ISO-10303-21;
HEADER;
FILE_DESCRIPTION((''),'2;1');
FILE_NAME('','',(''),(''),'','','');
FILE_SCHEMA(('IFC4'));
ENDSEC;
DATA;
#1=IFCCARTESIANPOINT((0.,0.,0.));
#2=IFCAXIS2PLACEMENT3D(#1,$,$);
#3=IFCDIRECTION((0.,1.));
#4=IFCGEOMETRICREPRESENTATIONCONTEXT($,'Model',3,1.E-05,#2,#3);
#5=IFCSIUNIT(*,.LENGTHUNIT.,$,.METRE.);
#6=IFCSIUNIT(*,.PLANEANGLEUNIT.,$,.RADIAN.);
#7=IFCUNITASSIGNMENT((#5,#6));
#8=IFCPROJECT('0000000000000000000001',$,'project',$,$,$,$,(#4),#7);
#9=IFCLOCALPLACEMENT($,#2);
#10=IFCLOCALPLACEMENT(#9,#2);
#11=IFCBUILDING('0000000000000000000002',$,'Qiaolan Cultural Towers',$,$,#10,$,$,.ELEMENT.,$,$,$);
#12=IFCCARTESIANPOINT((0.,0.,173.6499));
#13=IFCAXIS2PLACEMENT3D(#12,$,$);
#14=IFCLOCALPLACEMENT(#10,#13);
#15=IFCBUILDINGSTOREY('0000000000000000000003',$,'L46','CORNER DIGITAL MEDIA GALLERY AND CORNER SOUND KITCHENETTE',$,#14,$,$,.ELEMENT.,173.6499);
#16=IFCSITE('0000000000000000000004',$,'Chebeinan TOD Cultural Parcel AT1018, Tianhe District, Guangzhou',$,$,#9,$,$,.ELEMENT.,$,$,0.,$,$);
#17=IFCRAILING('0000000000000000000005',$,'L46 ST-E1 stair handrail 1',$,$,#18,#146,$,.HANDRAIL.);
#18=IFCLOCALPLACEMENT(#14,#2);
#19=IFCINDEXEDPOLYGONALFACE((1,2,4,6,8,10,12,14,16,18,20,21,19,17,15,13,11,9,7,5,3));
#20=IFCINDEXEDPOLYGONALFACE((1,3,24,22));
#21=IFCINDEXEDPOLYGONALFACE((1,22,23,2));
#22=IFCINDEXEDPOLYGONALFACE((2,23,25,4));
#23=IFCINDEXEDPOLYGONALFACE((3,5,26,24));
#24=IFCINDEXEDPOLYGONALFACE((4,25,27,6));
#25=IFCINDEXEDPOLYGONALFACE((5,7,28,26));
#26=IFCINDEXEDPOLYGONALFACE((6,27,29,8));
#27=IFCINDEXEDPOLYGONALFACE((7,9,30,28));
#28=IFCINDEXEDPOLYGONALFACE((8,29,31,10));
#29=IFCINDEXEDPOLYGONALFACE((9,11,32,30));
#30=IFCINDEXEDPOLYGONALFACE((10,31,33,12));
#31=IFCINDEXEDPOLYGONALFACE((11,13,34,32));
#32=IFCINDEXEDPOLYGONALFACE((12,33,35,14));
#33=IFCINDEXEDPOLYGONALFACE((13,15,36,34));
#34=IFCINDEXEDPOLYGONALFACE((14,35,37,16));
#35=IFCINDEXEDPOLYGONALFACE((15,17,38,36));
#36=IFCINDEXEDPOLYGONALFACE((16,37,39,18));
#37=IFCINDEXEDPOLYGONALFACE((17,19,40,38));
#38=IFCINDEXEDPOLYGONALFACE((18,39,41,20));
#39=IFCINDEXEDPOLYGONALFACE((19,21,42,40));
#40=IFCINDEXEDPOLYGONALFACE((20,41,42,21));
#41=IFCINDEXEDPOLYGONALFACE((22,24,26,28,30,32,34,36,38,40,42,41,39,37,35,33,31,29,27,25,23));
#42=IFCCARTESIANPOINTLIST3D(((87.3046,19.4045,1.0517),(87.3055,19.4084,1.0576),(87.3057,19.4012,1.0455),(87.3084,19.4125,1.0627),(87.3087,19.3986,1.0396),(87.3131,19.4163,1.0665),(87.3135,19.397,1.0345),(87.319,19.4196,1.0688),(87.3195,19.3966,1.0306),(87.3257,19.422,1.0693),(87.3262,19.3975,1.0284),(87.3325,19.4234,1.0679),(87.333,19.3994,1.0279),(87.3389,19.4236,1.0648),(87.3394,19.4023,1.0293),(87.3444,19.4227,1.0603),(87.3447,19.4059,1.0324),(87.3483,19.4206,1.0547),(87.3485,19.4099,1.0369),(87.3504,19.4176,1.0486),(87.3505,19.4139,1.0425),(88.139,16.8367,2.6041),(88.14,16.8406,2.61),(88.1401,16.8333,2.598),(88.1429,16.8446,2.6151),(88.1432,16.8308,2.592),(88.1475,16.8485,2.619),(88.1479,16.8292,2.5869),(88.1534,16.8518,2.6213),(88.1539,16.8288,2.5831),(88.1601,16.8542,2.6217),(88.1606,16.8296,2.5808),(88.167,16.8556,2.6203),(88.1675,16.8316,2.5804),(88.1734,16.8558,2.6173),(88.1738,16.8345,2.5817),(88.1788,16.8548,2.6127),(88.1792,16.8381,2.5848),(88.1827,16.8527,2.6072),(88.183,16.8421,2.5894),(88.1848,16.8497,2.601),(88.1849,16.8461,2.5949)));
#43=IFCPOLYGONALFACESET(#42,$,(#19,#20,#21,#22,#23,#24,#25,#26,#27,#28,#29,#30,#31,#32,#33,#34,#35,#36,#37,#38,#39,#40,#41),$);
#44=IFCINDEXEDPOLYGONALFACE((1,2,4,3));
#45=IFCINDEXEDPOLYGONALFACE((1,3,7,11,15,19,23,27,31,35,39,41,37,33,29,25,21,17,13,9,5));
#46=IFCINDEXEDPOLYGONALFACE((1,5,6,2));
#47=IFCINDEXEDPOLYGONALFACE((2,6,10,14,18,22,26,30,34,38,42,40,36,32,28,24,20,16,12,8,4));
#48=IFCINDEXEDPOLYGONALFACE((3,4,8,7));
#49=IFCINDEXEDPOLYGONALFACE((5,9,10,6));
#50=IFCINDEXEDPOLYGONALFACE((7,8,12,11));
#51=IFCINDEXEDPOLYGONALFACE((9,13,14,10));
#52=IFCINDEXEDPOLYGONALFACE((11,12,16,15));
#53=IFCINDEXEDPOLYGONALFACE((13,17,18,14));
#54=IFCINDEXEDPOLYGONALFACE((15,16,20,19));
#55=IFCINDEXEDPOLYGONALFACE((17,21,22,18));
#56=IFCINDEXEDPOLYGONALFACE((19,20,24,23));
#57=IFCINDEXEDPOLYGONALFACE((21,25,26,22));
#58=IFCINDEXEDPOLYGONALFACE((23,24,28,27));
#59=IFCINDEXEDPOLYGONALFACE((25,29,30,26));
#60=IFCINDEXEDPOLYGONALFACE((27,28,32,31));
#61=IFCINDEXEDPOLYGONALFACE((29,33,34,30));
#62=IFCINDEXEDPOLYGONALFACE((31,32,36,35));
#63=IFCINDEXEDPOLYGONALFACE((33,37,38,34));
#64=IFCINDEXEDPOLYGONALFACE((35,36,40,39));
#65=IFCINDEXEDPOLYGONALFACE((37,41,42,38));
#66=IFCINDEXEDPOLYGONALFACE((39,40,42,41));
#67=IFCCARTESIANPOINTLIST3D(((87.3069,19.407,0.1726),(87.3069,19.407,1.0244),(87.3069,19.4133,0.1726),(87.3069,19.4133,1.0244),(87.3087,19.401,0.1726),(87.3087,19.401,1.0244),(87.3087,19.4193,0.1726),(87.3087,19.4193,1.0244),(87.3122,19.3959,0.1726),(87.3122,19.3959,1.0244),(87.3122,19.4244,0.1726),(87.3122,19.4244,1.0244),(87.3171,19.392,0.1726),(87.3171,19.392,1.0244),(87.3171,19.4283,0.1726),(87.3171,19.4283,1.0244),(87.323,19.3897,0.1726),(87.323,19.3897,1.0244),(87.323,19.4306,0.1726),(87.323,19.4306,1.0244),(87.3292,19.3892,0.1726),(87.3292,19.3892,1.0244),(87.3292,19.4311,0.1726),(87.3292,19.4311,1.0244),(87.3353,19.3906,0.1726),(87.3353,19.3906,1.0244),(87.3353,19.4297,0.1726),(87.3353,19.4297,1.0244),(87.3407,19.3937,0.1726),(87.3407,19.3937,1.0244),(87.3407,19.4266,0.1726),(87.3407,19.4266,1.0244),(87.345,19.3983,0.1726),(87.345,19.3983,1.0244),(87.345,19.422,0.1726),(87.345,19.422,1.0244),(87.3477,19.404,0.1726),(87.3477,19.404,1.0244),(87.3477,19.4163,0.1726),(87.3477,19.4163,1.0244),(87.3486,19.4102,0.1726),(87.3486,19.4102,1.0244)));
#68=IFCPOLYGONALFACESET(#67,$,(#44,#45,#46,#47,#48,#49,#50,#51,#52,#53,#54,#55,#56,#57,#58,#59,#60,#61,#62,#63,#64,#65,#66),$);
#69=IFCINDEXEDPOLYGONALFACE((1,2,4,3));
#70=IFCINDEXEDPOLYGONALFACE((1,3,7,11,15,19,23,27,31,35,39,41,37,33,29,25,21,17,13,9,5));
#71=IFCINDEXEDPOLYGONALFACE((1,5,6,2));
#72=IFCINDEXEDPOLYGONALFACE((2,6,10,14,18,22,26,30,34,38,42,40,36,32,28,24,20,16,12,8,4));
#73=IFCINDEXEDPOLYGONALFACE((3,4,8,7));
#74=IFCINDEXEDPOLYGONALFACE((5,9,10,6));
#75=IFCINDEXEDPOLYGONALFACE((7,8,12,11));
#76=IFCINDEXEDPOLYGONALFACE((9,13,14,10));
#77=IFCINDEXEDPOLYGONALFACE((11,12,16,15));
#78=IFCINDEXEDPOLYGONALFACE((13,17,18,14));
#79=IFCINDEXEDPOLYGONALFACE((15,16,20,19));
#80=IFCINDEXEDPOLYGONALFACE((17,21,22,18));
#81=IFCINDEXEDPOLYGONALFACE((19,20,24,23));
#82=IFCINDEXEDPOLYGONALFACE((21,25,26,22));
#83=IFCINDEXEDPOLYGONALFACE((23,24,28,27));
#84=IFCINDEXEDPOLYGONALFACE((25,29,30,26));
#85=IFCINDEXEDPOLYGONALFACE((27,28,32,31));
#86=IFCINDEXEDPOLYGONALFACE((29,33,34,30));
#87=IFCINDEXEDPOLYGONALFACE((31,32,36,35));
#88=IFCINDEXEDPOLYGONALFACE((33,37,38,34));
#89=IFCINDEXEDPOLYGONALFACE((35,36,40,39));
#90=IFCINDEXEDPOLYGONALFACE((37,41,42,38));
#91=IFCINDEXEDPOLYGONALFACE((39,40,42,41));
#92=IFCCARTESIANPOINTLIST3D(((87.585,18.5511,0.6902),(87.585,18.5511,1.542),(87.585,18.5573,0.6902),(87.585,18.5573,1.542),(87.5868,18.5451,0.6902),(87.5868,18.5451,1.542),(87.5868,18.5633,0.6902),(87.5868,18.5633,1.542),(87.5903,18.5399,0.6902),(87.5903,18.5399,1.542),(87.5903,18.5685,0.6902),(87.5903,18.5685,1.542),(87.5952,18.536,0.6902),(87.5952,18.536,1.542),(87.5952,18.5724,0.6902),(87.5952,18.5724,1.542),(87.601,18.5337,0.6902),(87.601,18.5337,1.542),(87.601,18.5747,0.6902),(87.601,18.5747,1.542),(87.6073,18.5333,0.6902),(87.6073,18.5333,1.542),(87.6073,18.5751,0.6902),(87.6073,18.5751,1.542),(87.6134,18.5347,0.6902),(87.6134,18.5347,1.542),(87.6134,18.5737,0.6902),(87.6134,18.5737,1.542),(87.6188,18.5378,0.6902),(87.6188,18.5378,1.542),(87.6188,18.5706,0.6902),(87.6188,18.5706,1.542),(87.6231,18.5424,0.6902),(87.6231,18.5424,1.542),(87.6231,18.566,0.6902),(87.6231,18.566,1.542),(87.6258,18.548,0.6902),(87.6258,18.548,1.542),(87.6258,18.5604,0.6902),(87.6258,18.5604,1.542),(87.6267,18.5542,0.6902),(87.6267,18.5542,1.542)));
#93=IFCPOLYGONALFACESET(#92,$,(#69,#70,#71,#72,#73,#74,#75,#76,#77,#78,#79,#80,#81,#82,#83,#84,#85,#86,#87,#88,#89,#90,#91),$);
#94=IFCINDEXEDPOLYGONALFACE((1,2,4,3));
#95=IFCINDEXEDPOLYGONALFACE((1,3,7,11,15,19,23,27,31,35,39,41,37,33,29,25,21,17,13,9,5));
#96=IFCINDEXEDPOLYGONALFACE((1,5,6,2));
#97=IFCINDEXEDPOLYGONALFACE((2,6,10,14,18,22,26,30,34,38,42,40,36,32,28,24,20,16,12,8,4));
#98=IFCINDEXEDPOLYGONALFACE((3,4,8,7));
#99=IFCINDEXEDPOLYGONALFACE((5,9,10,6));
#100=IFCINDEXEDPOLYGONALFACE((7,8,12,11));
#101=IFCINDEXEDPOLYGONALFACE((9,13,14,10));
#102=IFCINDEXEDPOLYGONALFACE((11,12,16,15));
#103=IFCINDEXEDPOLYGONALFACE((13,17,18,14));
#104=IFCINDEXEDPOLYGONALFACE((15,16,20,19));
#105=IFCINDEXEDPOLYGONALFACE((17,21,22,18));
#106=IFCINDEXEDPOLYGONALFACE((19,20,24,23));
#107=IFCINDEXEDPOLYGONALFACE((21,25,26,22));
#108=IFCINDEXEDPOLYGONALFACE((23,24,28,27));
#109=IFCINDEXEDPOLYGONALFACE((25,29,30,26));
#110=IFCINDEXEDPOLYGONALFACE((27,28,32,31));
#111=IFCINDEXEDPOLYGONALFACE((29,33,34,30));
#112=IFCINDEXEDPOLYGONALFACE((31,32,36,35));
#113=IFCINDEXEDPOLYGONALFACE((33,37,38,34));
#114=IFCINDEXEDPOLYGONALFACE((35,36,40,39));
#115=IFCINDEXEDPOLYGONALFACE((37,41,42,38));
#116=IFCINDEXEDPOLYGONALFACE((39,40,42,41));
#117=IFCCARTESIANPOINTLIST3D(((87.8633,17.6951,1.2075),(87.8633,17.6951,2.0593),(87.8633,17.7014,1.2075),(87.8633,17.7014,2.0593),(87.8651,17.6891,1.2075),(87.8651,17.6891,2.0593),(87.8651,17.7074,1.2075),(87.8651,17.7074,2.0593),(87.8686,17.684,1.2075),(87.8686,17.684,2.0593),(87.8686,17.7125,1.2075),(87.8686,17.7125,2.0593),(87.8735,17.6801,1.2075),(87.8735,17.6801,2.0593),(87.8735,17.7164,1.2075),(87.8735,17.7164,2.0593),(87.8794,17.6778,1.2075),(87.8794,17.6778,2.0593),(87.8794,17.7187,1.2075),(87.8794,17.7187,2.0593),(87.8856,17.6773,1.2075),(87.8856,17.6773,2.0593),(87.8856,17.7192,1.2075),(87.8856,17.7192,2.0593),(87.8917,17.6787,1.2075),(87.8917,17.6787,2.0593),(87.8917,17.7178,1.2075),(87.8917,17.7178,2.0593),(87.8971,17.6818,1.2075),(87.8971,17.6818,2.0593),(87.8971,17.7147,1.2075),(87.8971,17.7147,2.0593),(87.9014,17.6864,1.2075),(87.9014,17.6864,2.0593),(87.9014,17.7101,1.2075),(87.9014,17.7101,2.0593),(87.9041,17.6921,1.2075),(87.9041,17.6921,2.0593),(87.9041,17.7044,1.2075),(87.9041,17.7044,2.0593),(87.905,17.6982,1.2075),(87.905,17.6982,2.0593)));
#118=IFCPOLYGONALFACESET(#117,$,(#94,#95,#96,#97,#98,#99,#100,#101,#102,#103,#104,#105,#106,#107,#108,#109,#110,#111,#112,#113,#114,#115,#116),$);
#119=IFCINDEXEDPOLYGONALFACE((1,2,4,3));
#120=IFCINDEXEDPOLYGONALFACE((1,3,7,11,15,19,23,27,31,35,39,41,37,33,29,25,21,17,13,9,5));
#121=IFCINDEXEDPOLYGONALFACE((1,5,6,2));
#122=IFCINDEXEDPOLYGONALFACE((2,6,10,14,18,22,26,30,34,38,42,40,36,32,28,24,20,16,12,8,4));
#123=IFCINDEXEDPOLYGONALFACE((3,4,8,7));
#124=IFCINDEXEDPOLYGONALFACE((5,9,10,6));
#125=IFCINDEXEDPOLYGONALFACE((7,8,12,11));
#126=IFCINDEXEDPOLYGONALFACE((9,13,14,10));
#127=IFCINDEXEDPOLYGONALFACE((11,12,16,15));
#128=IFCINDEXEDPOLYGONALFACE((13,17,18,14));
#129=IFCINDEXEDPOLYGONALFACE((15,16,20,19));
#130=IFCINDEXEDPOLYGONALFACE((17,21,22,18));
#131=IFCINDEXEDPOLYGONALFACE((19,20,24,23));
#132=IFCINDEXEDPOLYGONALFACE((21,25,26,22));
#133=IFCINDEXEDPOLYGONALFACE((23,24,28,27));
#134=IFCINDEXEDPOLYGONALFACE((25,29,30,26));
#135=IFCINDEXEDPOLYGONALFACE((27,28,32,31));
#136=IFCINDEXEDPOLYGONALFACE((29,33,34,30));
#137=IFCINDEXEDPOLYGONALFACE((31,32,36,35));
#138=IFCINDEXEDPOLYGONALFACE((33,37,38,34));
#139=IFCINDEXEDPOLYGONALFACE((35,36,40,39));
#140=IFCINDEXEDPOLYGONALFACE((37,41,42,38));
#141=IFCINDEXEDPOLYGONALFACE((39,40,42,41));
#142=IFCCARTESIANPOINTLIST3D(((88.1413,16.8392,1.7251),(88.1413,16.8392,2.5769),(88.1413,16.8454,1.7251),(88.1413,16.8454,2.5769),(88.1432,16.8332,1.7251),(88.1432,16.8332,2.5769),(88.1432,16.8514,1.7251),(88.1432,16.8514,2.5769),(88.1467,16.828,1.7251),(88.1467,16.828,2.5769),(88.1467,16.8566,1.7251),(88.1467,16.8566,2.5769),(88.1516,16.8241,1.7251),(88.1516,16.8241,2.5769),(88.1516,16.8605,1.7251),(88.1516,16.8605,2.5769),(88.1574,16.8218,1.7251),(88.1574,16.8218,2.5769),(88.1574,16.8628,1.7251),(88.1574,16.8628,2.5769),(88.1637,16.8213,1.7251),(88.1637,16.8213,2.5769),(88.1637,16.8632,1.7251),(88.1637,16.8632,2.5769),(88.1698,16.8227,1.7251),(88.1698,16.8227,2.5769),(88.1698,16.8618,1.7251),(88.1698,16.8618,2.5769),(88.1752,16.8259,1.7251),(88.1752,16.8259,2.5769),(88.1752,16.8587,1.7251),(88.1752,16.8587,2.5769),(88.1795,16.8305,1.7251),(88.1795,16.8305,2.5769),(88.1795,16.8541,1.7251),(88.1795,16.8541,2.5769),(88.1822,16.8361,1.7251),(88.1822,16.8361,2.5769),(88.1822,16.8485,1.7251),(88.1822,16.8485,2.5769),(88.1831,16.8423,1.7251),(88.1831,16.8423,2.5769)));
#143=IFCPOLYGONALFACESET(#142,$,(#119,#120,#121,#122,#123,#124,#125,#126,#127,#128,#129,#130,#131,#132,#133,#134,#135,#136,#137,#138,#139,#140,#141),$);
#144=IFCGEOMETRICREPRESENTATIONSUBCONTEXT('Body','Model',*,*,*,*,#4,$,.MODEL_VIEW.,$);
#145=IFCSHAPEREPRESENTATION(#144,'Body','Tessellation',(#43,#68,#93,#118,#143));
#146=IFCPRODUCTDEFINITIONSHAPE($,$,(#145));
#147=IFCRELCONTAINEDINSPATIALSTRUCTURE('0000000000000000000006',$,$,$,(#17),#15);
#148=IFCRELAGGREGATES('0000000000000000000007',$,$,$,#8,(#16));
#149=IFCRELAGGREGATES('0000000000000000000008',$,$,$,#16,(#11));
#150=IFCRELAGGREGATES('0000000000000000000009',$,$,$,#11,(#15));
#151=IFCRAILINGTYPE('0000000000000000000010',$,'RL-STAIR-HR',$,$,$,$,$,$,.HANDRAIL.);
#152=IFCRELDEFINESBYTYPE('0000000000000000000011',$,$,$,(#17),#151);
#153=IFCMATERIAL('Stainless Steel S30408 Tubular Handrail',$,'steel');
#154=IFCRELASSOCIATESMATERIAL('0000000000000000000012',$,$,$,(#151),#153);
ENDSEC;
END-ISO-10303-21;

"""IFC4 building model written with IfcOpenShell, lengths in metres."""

from ifc_helpers import new_model, si_unit, direction, frame, origin, origin_2d, place, context, subcontext, project, spatial, circle, extrude, material, type_object, element, save


model = new_model("IFC4")

# Units and contexts
model_context = context("Model", 3, precision=1e-05, world=origin(), true_north=direction((0.0, 1.0)))
body_context = subcontext(model_context, "Body", "Model", "MODEL_VIEW")
ifc_project = project(units=[si_unit("LENGTHUNIT", "METRE"), si_unit("PLANEANGLEUNIT", "RADIAN")], contexts=[model_context])

# Site, building, storey
site_placement = place(None, origin())
site = spatial("IfcSite", under=ifc_project, at=site_placement, Name="Chebeinan TOD Cultural Parcel AT1018, Tianhe District, Guangzhou", CompositionType="ELEMENT", RefElevation=0.0)
building_placement = place(site_placement, origin())
building = spatial("IfcBuilding", under=site, at=building_placement, Name="Qiaolan Cultural Towers", CompositionType="ELEMENT")
storey_placement = place(building_placement, frame((0.0, 0.0, 173.6499)))
storey = spatial("IfcBuildingStorey", under=building, at=storey_placement, Name="L46", Description="CORNER DIGITAL MEDIA GALLERY AND CORNER SOUND KITCHENETTE", CompositionType="ELEMENT", Elevation=173.6499)

# Railing
ifc_material_1 = material(Name="Stainless Steel S30408 Tubular Handrail", Category="steel")
railing_type_1 = type_object("IfcRailingType", Name="RL-STAIR-HR", PredefinedType="HANDRAIL", material=ifc_material_1)
railing_1_placement = place(storey_placement, frame((87.3276, 19.4102, 0.1726)))
element("IfcRailing", 1, at=railing_1_placement, inside=storey, type_object=railing_type_1, Name="L46 ST-E1 stair handrail 1", PredefinedType="HANDRAIL", context=body_context, shape_type="SweptSolid", body=[
    extrude(circle(Radius=0.0239, at=origin_2d()), frame((0.0, 0.0, 0.876), z_axis=(0.267926, -0.824471, 0.498461), x_axis=(0.951043, 0.309057, 0.0)), (0.0, 0.0, 1.0), 3.1145),
    extrude(circle(Radius=0.021, at=origin_2d()), origin(), (0.0, 0.0, 1.0), 0.8518),
    extrude(circle(Radius=0.021, at=origin_2d()), frame((0.2781, -0.856, 0.5176)), (0.0, 0.0, 1.0), 0.8518),
    extrude(circle(Radius=0.021, at=origin_2d()), frame((0.5564, -1.7119, 1.0349)), (0.0, 0.0, 1.0), 0.8518),
    extrude(circle(Radius=0.021, at=origin_2d()), frame((0.8345, -2.5679, 1.5525)), (0.0, 0.0, 1.0), 0.8518),
])

save(model, "model.ifc")
